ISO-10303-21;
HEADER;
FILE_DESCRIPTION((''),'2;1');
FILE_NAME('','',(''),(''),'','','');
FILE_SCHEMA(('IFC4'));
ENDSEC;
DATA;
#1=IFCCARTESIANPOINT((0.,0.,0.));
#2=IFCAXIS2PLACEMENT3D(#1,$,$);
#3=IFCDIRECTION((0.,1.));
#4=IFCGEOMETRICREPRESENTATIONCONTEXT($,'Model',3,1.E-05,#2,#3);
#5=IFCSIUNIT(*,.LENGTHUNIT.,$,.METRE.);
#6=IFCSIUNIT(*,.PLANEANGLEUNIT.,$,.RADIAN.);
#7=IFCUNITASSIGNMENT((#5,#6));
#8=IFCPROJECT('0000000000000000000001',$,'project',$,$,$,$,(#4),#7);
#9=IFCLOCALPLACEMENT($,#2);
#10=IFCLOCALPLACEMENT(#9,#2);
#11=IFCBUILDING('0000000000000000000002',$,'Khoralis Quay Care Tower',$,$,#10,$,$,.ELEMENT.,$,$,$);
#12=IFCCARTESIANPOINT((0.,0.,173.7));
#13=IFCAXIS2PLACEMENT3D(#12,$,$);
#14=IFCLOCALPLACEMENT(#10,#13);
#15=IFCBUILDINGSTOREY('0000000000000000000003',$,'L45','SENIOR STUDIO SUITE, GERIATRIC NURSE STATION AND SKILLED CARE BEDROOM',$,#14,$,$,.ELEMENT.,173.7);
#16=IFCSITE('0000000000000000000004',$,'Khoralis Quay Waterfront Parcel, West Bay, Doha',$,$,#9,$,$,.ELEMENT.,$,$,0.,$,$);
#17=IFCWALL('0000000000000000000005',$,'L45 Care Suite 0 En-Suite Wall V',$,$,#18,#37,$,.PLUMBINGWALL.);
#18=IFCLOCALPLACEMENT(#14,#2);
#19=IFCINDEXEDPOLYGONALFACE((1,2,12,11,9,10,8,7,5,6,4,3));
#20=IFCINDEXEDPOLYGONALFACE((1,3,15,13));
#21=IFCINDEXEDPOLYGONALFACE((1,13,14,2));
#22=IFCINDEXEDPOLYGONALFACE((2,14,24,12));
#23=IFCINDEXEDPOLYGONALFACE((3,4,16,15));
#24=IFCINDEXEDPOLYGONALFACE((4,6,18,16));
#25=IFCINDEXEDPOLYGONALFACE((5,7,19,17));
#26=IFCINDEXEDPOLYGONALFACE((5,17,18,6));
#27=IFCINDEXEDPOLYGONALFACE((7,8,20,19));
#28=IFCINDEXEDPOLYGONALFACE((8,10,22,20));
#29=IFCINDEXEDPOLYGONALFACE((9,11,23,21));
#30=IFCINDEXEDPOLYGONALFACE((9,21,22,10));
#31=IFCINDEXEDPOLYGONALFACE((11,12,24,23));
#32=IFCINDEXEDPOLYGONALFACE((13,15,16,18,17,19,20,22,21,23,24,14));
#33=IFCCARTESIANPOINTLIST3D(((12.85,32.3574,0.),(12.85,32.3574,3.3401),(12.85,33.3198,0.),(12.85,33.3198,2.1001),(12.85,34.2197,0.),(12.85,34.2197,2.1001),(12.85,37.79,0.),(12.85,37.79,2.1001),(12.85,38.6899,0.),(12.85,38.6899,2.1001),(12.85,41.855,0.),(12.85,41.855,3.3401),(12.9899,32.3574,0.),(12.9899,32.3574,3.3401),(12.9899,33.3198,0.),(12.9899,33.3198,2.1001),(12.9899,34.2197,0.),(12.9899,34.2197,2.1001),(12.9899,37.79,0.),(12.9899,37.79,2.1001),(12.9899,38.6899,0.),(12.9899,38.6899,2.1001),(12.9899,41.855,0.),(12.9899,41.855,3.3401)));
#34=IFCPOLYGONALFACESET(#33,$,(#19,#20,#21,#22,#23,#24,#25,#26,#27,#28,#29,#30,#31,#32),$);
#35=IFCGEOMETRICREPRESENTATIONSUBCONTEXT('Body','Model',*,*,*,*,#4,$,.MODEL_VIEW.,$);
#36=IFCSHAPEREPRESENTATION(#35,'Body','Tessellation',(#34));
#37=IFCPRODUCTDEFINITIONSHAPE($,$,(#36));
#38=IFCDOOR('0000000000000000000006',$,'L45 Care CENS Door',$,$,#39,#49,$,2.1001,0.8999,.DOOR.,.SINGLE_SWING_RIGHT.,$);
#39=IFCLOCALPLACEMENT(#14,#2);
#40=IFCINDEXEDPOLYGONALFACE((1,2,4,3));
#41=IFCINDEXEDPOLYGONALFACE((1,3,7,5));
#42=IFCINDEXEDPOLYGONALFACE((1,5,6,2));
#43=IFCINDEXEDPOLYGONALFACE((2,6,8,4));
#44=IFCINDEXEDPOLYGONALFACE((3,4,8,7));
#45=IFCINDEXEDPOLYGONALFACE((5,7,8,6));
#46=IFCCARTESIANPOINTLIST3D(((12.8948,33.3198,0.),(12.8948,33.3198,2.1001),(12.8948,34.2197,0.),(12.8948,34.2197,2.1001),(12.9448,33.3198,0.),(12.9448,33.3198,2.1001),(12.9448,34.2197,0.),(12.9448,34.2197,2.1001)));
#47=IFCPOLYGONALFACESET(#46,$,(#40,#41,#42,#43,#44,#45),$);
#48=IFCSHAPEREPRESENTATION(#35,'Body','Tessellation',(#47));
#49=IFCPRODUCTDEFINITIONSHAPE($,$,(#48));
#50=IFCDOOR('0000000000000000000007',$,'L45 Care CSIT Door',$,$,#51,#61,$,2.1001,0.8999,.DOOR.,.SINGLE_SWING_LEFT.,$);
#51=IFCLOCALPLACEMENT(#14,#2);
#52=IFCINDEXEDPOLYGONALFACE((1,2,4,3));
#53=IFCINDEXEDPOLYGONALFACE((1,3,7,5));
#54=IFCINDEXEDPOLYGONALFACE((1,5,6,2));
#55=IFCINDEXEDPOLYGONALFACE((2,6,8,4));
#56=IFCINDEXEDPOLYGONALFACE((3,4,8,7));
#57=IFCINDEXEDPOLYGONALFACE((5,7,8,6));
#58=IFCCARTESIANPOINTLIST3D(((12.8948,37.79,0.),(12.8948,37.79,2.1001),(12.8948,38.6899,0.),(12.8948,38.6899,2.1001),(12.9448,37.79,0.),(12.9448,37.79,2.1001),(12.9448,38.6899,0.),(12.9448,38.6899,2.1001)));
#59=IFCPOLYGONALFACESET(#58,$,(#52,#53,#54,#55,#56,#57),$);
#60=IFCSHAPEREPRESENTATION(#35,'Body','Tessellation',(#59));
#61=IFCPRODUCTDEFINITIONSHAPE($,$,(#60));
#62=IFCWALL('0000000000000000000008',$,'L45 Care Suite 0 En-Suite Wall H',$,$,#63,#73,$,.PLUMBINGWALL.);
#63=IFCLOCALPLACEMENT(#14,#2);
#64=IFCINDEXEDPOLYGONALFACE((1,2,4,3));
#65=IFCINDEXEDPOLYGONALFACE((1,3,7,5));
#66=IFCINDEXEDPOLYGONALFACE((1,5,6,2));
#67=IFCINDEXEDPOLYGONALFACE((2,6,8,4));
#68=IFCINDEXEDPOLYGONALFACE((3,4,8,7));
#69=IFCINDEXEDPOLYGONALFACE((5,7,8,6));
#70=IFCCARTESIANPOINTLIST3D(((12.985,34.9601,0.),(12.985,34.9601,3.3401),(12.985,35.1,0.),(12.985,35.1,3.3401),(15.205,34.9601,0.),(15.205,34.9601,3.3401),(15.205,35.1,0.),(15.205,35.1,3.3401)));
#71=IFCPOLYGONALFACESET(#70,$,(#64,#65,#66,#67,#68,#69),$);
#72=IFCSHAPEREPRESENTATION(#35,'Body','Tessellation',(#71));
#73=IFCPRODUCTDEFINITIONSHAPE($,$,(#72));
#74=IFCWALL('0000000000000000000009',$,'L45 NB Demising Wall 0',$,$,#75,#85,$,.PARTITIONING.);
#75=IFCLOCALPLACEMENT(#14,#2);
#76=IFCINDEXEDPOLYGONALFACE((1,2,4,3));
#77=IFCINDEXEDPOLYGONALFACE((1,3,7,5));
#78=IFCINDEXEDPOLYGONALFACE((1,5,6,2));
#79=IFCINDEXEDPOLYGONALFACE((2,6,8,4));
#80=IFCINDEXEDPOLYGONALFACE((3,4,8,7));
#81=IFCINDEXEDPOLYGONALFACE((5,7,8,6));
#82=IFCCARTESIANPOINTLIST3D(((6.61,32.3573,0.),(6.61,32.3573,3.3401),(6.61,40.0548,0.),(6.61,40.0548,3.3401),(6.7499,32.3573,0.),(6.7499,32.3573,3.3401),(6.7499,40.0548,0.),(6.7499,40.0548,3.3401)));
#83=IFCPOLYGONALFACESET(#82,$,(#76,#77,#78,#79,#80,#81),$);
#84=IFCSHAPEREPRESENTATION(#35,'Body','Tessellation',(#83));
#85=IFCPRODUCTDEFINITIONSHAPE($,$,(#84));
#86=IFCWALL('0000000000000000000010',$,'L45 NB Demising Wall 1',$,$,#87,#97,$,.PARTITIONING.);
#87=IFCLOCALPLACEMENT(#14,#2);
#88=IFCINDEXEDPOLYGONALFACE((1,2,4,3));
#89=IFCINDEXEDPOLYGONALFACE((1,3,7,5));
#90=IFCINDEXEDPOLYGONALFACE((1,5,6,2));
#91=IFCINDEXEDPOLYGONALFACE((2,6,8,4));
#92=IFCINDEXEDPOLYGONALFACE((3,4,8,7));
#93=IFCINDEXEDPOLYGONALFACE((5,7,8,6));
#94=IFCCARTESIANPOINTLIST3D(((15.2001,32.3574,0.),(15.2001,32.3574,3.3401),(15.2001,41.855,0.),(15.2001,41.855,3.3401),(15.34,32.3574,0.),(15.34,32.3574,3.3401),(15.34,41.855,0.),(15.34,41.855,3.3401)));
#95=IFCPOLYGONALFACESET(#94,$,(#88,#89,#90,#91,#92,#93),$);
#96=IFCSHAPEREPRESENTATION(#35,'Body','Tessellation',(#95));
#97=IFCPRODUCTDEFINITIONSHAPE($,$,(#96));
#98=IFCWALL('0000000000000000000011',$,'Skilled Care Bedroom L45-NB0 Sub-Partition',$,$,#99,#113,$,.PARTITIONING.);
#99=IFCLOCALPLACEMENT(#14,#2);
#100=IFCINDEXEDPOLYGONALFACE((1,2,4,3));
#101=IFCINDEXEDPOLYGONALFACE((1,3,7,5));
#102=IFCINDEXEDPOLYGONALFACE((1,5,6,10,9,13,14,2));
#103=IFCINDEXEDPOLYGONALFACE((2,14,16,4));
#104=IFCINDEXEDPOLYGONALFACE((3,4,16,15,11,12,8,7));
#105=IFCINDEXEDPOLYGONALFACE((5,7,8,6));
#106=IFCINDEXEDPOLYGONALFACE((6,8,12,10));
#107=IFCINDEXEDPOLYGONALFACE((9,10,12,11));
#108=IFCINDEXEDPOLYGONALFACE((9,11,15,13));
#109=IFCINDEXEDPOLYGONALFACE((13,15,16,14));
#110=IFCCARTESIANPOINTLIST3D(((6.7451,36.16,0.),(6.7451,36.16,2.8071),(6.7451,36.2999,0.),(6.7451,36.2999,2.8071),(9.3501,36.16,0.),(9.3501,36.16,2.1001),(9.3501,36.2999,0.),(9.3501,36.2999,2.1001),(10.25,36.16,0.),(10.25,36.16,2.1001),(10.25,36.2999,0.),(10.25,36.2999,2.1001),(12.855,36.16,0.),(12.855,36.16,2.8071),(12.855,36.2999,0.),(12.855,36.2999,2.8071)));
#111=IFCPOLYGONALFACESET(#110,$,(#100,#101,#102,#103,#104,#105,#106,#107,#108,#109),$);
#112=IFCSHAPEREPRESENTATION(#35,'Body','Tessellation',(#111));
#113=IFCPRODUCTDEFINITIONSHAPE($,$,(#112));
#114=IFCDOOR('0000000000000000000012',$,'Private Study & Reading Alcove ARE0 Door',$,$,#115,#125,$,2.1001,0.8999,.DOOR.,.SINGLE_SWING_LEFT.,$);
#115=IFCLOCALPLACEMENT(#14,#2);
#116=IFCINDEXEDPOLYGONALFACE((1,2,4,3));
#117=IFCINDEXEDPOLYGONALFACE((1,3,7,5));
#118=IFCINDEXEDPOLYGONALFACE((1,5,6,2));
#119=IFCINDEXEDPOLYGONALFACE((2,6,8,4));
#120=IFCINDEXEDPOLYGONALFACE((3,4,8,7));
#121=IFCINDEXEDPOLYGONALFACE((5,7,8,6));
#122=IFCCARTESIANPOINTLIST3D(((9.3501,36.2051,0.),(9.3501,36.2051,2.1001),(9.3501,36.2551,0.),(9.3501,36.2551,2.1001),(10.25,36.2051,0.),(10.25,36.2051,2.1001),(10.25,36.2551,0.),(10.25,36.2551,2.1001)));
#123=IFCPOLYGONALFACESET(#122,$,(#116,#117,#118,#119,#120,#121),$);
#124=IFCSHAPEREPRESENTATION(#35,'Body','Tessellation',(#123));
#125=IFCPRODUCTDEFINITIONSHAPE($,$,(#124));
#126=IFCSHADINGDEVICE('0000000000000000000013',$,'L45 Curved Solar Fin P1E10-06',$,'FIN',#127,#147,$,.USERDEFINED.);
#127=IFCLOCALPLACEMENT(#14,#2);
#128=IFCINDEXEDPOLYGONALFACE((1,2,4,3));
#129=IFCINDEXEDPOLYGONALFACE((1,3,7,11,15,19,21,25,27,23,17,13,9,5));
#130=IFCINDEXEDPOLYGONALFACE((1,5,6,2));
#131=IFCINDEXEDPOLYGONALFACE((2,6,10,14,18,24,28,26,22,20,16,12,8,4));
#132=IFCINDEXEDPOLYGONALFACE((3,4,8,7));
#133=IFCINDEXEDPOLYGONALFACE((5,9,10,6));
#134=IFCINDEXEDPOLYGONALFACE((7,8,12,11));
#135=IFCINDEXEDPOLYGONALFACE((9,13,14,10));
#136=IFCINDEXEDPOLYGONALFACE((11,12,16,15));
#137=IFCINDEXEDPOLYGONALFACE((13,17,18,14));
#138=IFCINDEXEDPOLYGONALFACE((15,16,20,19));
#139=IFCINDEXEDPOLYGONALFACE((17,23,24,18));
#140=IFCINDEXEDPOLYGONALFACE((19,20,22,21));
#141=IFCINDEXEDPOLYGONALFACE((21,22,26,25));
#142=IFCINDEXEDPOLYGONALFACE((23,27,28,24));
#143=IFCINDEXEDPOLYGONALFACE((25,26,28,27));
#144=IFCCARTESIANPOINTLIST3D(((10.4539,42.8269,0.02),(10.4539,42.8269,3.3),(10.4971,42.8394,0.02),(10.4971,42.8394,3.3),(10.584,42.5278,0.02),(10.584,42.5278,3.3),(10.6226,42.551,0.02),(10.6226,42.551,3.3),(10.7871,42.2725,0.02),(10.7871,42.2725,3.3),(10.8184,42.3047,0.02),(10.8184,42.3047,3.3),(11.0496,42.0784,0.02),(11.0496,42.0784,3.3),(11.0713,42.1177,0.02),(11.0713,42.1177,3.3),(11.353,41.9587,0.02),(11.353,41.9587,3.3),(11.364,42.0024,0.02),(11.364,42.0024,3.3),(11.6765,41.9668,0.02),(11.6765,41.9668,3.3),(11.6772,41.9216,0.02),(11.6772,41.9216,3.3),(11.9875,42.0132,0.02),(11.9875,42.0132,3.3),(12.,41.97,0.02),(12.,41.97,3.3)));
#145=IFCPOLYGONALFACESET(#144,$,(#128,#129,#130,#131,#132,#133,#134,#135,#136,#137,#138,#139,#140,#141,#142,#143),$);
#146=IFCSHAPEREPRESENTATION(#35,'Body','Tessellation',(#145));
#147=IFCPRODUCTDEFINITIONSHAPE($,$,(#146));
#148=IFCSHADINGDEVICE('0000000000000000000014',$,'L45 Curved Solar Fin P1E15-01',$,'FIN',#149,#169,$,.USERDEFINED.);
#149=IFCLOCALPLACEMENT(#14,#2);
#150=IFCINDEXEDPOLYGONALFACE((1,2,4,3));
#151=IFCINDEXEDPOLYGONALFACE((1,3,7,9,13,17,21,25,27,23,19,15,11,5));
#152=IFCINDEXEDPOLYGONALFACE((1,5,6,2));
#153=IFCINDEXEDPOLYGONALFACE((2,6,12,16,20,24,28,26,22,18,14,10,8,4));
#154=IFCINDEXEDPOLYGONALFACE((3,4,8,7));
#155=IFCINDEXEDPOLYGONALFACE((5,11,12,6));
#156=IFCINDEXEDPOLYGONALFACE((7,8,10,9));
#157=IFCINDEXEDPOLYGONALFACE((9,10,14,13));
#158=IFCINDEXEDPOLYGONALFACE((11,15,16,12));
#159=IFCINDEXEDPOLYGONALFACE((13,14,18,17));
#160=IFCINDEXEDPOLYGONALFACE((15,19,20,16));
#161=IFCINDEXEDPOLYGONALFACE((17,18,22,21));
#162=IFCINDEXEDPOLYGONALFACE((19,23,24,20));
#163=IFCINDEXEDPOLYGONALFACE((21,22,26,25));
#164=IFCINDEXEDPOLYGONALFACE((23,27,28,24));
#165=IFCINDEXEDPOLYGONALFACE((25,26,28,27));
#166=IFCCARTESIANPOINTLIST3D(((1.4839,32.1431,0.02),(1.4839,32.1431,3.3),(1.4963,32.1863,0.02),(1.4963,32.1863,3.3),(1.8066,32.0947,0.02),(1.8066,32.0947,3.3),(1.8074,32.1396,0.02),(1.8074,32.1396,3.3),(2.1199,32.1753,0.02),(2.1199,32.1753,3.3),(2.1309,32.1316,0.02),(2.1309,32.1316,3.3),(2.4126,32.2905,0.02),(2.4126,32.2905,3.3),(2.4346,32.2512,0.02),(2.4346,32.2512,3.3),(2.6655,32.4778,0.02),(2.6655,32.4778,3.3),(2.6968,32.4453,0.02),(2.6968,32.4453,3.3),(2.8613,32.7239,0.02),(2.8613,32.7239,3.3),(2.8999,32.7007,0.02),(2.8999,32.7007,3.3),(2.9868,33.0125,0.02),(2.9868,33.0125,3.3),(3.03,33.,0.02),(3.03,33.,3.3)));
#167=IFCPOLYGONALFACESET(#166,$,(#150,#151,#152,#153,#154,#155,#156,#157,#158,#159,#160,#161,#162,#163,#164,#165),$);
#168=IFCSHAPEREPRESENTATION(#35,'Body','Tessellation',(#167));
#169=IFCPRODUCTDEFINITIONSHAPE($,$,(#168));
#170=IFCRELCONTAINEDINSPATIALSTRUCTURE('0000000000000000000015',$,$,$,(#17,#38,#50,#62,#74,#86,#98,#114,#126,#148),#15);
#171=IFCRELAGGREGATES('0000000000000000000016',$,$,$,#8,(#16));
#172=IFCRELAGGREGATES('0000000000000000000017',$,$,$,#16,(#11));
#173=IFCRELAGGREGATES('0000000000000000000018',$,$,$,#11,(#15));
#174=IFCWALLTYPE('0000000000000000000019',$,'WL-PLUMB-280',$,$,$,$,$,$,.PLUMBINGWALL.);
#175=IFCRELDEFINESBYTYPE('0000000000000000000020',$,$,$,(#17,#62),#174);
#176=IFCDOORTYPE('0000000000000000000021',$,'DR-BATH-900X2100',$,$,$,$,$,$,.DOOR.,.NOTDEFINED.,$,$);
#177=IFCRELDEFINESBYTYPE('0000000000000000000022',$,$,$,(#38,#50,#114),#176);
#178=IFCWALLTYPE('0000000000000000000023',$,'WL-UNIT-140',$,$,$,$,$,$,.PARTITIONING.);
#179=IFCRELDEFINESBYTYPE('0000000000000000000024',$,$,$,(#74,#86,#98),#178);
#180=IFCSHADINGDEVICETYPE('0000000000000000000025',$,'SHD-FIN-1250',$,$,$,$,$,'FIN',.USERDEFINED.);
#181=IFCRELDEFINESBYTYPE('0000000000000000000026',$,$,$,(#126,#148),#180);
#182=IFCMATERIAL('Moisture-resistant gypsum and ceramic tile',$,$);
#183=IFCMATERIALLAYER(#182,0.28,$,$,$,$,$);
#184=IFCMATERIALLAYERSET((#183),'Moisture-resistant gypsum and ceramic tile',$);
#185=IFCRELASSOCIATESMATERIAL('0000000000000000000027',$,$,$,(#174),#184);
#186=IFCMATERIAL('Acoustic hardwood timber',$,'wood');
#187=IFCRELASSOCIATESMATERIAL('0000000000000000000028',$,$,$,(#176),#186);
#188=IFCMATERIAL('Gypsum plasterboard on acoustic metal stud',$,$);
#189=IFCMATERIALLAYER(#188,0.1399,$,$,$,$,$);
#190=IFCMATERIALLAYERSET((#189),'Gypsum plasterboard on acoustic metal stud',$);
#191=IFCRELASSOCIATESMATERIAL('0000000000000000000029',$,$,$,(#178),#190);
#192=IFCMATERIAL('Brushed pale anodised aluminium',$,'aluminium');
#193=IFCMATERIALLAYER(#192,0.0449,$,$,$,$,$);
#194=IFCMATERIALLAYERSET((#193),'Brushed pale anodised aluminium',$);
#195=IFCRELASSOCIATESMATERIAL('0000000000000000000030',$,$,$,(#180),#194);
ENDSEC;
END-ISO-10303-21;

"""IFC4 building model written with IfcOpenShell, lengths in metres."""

from ifc_helpers import new_model, si_unit, direction, frame, frame_2d, origin, place, context, subcontext, project, spatial, polyline, rectangle, outline, extrude, source, transform, mapped, material, layer, layer_set, type_object, element, fill, save


model = new_model("IFC4")

# Units and contexts
model_context = context("Model", 3, precision=1e-05, world=origin(), true_north=direction((0.0, 1.0)))
body_context = subcontext(model_context, "Body", "Model", "MODEL_VIEW")
ifc_project = project(units=[si_unit("LENGTHUNIT", "METRE"), si_unit("PLANEANGLEUNIT", "RADIAN")], contexts=[model_context])

# Site, building, storey
site_placement = place(None, origin())
site = spatial("IfcSite", under=ifc_project, at=site_placement, Name="Khoralis Quay Waterfront Parcel, West Bay, Doha", CompositionType="ELEMENT", RefElevation=0.0)
building_placement = place(site_placement, origin())
building = spatial("IfcBuilding", under=site, at=building_placement, Name="Khoralis Quay Care Tower", CompositionType="ELEMENT")
storey_placement = place(building_placement, frame((0.0, 0.0, 173.7)))
storey = spatial("IfcBuildingStorey", under=building, at=storey_placement, Name="L45", Description="SENIOR STUDIO SUITE, GERIATRIC NURSE STATION AND SKILLED CARE BEDROOM", CompositionType="ELEMENT", Elevation=173.7)

# Wall, openings, doors
ifc_material_1 = material(Name="Moisture-resistant gypsum and ceramic tile")
ifc_layer_1 = layer(ifc_material_1, 0.28)
ifc_layer_set_1 = layer_set([ifc_layer_1], Name="Moisture-resistant gypsum and ceramic tile")
wall_type_1 = type_object("IfcWallType", Name="WL-PLUMB-280", PredefinedType="PLUMBINGWALL", material=ifc_layer_set_1)
wall_1_placement = place(storey_placement, frame((12.9199, 32.3574, 0.0), z_axis=(0.0, 0.0, 1.0), x_axis=(0.0, 1.0, 0.0)))
wall_1 = element("IfcWall", 1, at=wall_1_placement, inside=storey, type_object=wall_type_1, Name="L45 Care Suite 0 En-Suite Wall V", PredefinedType="PLUMBINGWALL", context=body_context, shape_type="SweptSolid", body=[
    extrude(rectangle(XDim=9.4976, YDim=0.1399, at=frame_2d((4.7488, 0.0))), origin(), (0.0, 0.0, 1.0), 3.3401),
])
opening_1_placement = place(wall_1_placement, frame((0.9624, 0.0, 0.0)))
opening_1 = element("IfcOpeningElement", 2, at=opening_1_placement, cuts=wall_1, PredefinedType="OPENING", context=body_context, shape_type="SweptSolid", body=[
    extrude(rectangle(XDim=0.8999, YDim=2.1001, at=frame_2d((0.45, 1.05))), frame((0.0, 0.0801, 0.0), z_axis=(0.0, -1.0, 0.0), x_axis=(1.0, 0.0, 0.0)), (0.0, 0.0, 1.0), 0.1599),
])
opening_2_placement = place(wall_1_placement, frame((5.4326, 0.0, 0.0)))
opening_2 = element("IfcOpeningElement", 3, at=opening_2_placement, cuts=wall_1, PredefinedType="OPENING", context=body_context, shape_type="SweptSolid", body=[
    extrude(rectangle(XDim=0.8999, YDim=2.1001, at=frame_2d((0.45, 1.05))), frame((0.0, 0.0801, 0.0), z_axis=(0.0, -1.0, 0.0), x_axis=(1.0, 0.0, 0.0)), (0.0, 0.0, 1.0), 0.1599),
])
ifc_material_2 = material(Name="Acoustic hardwood timber", Category="wood")
door_type = type_object("IfcDoorType", Name="DR-BATH-900X2100", OperationType="NOTDEFINED", PredefinedType="DOOR", material=ifc_material_2)
shared_shape_1 = source(origin(), body_context, "Body", "SweptSolid", [
    extrude(rectangle(XDim=0.8999, YDim=2.1001, at=frame_2d((0.45, 1.05))), frame((0.0, 0.0249, 0.0), z_axis=(0.0, -1.0, 0.0), x_axis=(1.0, 0.0, 0.0)), (0.0, 0.0, 1.0), 0.05),
])
door_1_placement = place(opening_1_placement, frame((0.8999, 0.0, 0.0), z_axis=(0.0, 0.0, 1.0), x_axis=(-1.0, 0.0, 0.0)))
door_1 = element("IfcDoor", 4, at=door_1_placement, inside=storey, type_object=door_type, Name="L45 Care CENS Door", OperationType="SINGLE_SWING_RIGHT", OverallHeight=2.1001, OverallWidth=0.8999, PredefinedType="DOOR", context=body_context, shape_type="MappedRepresentation", body=[
    mapped(shared_shape_1, transform((0.0, 0.0, 0.0), scale=1.0)),
])
fill(opening_1, door_1)
door_2_placement = place(opening_2_placement, frame((0.8999, 0.0, 0.0), z_axis=(0.0, 0.0, 1.0), x_axis=(-1.0, 0.0, 0.0)))
door_2 = element("IfcDoor", 5, at=door_2_placement, inside=storey, type_object=door_type, Name="L45 Care CSIT Door", OperationType="SINGLE_SWING_LEFT", OverallHeight=2.1001, OverallWidth=0.8999, PredefinedType="DOOR", context=body_context, shape_type="MappedRepresentation", body=[
    mapped(shared_shape_1, transform((0.0, 0.0, 0.0), scale=1.0)),
])
fill(opening_2, door_2)

# Walls
wall_2_placement = place(storey_placement, frame((12.9851, 35.03, 0.0), z_axis=(0.0, 0.0, 1.0), x_axis=(1.0, 0.0, 0.0)))
element("IfcWall", 6, at=wall_2_placement, inside=storey, type_object=wall_type_1, Name="L45 Care Suite 0 En-Suite Wall H", PredefinedType="PLUMBINGWALL", context=body_context, shape_type="SweptSolid", body=[
    extrude(rectangle(XDim=2.22, YDim=0.1399, at=frame_2d((1.1099, 0.0))), origin(), (0.0, 0.0, 1.0), 3.3401),
])
ifc_material_3 = material(Name="Gypsum plasterboard on acoustic metal stud")
ifc_layer_2 = layer(ifc_material_3, 0.1399)
ifc_layer_set_2 = layer_set([ifc_layer_2], Name="Gypsum plasterboard on acoustic metal stud")
wall_type_2 = type_object("IfcWallType", Name="WL-UNIT-140", PredefinedType="PARTITIONING", material=ifc_layer_set_2)
wall_3_placement = place(storey_placement, frame((6.6799, 32.3574, 0.0), z_axis=(0.0, 0.0, 1.0), x_axis=(0.0, 1.0, 0.0)))
element("IfcWall", 7, at=wall_3_placement, inside=storey, type_object=wall_type_2, Name="L45 NB Demising Wall 0", PredefinedType="PARTITIONING", context=body_context, shape_type="SweptSolid", body=[
    extrude(rectangle(XDim=7.6975, YDim=0.1399, at=frame_2d((3.8486, 0.0))), origin(), (0.0, 0.0, 1.0), 3.3401),
])
wall_4_placement = place(storey_placement, frame((15.27, 32.3574, 0.0), z_axis=(0.0, 0.0, 1.0), x_axis=(0.0, 1.0, 0.0)))
element("IfcWall", 8, at=wall_4_placement, inside=storey, type_object=wall_type_2, Name="L45 NB Demising Wall 1", PredefinedType="PARTITIONING", context=body_context, shape_type="SweptSolid", body=[
    extrude(rectangle(XDim=9.4976, YDim=0.1399, at=frame_2d((4.7488, 0.0))), origin(), (0.0, 0.0, 1.0), 3.3401),
])

# Wall, opening, door
wall_5_placement = place(storey_placement, frame((6.7451, 36.23, 0.0), z_axis=(0.0, 0.0, 1.0), x_axis=(1.0, 0.0, 0.0)))
wall_5 = element("IfcWall", 9, at=wall_5_placement, inside=storey, type_object=wall_type_2, Name="Skilled Care Bedroom L45-NB0 Sub-Partition", PredefinedType="PARTITIONING", context=body_context, shape_type="SweptSolid", body=[
    extrude(rectangle(XDim=6.1099, YDim=0.1399, at=frame_2d((3.0549, 0.0))), origin(), (0.0, 0.0, 1.0), 2.8071),
])
opening_3_placement = place(wall_5_placement, frame((2.605, 0.0, 0.0)))
opening_3 = element("IfcOpeningElement", 10, at=opening_3_placement, cuts=wall_5, PredefinedType="OPENING", context=body_context, shape_type="SweptSolid", body=[
    extrude(rectangle(XDim=0.8999, YDim=2.1001, at=frame_2d((0.45, 1.05))), frame((0.0, 0.0801, 0.0), z_axis=(0.0, -1.0, 0.0), x_axis=(1.0, 0.0, 0.0)), (0.0, 0.0, 1.0), 0.1599),
])
door_3_placement = place(opening_3_placement, frame((0.8999, 0.0, 0.0), z_axis=(0.0, 0.0, 1.0), x_axis=(-1.0, 0.0, 0.0)))
door_3 = element("IfcDoor", 11, at=door_3_placement, inside=storey, type_object=door_type, Name="Private Study & Reading Alcove ARE0 Door", OperationType="SINGLE_SWING_LEFT", OverallHeight=2.1001, OverallWidth=0.8999, PredefinedType="DOOR", context=body_context, shape_type="MappedRepresentation", body=[
    mapped(shared_shape_1, transform((0.0, 0.0, 0.0), scale=1.0)),
])
fill(opening_3, door_3)

# Shading devices
ifc_material_4 = material(Name="Brushed pale anodised aluminium", Category="aluminium")
ifc_layer_3 = layer(ifc_material_4, 0.0449)
ifc_layer_set_3 = layer_set([ifc_layer_3], Name="Brushed pale anodised aluminium")
shading_device_type = type_object("IfcShadingDeviceType", Name="SHD-FIN-1250", ElementType="FIN", PredefinedType="USERDEFINED", material=ifc_layer_set_3)
shared_shape_2 = source(origin(), body_context, "Body", "SweptSolid", [
    extrude(outline(polyline([(0.0, 0.0), (-0.0483, 0.3228), (-0.0112, 0.647), (0.1084, 0.9504), (0.3025, 1.2129), (0.5579, 1.416), (0.8569, 1.5461), (0.8694, 1.5029), (0.5811, 1.3774), (0.3347, 1.1816), (0.1477, 0.9287), (0.0325, 0.636), (-0.0032, 0.3235), (0.0432, 0.0125), (0.0, 0.0)])), origin(), (0.0, 0.0, 1.0), 3.28),
])
shading_device_1_placement = place(storey_placement, frame((12.0, 41.97, 0.02), z_axis=(0.0, 0.0, 1.0), x_axis=(0.0, 1.0, 0.0)))
element("IfcShadingDevice", 12, at=shading_device_1_placement, inside=storey, type_object=shading_device_type, Name="L45 Curved Solar Fin P1E10-06", ObjectType="FIN", PredefinedType="USERDEFINED", context=body_context, shape_type="MappedRepresentation", body=[
    mapped(shared_shape_2, transform((0.0, 0.0, 0.0), scale=1.0)),
])
shared_shape_3 = source(origin(), body_context, "Body", "SweptSolid", [
    extrude(outline(polyline([(0.0, 0.0), (0.1301, 0.2993), (0.3333, 0.5547), (0.5955, 0.7488), (0.8992, 0.8684), (1.2234, 0.9053), (1.5461, 0.8569), (1.5337, 0.8137), (1.2227, 0.8604), (0.9102, 0.8247), (0.6174, 0.7095), (0.3645, 0.5222), (0.1687, 0.2761), (0.0432, -0.0125), (0.0, 0.0)])), origin(), (0.0, 0.0, 1.0), 3.28),
])
shading_device_2_placement = place(storey_placement, frame((3.03, 33.0, 0.02), z_axis=(0.0, 0.0, 1.0), x_axis=(-1.0, 0.0, 0.0)))
element("IfcShadingDevice", 13, at=shading_device_2_placement, inside=storey, type_object=shading_device_type, Name="L45 Curved Solar Fin P1E15-01", ObjectType="FIN", PredefinedType="USERDEFINED", context=body_context, shape_type="MappedRepresentation", body=[
    mapped(shared_shape_3, transform((0.0, 0.0, 0.0), scale=1.0)),
])

save(model, "model.ifc")
